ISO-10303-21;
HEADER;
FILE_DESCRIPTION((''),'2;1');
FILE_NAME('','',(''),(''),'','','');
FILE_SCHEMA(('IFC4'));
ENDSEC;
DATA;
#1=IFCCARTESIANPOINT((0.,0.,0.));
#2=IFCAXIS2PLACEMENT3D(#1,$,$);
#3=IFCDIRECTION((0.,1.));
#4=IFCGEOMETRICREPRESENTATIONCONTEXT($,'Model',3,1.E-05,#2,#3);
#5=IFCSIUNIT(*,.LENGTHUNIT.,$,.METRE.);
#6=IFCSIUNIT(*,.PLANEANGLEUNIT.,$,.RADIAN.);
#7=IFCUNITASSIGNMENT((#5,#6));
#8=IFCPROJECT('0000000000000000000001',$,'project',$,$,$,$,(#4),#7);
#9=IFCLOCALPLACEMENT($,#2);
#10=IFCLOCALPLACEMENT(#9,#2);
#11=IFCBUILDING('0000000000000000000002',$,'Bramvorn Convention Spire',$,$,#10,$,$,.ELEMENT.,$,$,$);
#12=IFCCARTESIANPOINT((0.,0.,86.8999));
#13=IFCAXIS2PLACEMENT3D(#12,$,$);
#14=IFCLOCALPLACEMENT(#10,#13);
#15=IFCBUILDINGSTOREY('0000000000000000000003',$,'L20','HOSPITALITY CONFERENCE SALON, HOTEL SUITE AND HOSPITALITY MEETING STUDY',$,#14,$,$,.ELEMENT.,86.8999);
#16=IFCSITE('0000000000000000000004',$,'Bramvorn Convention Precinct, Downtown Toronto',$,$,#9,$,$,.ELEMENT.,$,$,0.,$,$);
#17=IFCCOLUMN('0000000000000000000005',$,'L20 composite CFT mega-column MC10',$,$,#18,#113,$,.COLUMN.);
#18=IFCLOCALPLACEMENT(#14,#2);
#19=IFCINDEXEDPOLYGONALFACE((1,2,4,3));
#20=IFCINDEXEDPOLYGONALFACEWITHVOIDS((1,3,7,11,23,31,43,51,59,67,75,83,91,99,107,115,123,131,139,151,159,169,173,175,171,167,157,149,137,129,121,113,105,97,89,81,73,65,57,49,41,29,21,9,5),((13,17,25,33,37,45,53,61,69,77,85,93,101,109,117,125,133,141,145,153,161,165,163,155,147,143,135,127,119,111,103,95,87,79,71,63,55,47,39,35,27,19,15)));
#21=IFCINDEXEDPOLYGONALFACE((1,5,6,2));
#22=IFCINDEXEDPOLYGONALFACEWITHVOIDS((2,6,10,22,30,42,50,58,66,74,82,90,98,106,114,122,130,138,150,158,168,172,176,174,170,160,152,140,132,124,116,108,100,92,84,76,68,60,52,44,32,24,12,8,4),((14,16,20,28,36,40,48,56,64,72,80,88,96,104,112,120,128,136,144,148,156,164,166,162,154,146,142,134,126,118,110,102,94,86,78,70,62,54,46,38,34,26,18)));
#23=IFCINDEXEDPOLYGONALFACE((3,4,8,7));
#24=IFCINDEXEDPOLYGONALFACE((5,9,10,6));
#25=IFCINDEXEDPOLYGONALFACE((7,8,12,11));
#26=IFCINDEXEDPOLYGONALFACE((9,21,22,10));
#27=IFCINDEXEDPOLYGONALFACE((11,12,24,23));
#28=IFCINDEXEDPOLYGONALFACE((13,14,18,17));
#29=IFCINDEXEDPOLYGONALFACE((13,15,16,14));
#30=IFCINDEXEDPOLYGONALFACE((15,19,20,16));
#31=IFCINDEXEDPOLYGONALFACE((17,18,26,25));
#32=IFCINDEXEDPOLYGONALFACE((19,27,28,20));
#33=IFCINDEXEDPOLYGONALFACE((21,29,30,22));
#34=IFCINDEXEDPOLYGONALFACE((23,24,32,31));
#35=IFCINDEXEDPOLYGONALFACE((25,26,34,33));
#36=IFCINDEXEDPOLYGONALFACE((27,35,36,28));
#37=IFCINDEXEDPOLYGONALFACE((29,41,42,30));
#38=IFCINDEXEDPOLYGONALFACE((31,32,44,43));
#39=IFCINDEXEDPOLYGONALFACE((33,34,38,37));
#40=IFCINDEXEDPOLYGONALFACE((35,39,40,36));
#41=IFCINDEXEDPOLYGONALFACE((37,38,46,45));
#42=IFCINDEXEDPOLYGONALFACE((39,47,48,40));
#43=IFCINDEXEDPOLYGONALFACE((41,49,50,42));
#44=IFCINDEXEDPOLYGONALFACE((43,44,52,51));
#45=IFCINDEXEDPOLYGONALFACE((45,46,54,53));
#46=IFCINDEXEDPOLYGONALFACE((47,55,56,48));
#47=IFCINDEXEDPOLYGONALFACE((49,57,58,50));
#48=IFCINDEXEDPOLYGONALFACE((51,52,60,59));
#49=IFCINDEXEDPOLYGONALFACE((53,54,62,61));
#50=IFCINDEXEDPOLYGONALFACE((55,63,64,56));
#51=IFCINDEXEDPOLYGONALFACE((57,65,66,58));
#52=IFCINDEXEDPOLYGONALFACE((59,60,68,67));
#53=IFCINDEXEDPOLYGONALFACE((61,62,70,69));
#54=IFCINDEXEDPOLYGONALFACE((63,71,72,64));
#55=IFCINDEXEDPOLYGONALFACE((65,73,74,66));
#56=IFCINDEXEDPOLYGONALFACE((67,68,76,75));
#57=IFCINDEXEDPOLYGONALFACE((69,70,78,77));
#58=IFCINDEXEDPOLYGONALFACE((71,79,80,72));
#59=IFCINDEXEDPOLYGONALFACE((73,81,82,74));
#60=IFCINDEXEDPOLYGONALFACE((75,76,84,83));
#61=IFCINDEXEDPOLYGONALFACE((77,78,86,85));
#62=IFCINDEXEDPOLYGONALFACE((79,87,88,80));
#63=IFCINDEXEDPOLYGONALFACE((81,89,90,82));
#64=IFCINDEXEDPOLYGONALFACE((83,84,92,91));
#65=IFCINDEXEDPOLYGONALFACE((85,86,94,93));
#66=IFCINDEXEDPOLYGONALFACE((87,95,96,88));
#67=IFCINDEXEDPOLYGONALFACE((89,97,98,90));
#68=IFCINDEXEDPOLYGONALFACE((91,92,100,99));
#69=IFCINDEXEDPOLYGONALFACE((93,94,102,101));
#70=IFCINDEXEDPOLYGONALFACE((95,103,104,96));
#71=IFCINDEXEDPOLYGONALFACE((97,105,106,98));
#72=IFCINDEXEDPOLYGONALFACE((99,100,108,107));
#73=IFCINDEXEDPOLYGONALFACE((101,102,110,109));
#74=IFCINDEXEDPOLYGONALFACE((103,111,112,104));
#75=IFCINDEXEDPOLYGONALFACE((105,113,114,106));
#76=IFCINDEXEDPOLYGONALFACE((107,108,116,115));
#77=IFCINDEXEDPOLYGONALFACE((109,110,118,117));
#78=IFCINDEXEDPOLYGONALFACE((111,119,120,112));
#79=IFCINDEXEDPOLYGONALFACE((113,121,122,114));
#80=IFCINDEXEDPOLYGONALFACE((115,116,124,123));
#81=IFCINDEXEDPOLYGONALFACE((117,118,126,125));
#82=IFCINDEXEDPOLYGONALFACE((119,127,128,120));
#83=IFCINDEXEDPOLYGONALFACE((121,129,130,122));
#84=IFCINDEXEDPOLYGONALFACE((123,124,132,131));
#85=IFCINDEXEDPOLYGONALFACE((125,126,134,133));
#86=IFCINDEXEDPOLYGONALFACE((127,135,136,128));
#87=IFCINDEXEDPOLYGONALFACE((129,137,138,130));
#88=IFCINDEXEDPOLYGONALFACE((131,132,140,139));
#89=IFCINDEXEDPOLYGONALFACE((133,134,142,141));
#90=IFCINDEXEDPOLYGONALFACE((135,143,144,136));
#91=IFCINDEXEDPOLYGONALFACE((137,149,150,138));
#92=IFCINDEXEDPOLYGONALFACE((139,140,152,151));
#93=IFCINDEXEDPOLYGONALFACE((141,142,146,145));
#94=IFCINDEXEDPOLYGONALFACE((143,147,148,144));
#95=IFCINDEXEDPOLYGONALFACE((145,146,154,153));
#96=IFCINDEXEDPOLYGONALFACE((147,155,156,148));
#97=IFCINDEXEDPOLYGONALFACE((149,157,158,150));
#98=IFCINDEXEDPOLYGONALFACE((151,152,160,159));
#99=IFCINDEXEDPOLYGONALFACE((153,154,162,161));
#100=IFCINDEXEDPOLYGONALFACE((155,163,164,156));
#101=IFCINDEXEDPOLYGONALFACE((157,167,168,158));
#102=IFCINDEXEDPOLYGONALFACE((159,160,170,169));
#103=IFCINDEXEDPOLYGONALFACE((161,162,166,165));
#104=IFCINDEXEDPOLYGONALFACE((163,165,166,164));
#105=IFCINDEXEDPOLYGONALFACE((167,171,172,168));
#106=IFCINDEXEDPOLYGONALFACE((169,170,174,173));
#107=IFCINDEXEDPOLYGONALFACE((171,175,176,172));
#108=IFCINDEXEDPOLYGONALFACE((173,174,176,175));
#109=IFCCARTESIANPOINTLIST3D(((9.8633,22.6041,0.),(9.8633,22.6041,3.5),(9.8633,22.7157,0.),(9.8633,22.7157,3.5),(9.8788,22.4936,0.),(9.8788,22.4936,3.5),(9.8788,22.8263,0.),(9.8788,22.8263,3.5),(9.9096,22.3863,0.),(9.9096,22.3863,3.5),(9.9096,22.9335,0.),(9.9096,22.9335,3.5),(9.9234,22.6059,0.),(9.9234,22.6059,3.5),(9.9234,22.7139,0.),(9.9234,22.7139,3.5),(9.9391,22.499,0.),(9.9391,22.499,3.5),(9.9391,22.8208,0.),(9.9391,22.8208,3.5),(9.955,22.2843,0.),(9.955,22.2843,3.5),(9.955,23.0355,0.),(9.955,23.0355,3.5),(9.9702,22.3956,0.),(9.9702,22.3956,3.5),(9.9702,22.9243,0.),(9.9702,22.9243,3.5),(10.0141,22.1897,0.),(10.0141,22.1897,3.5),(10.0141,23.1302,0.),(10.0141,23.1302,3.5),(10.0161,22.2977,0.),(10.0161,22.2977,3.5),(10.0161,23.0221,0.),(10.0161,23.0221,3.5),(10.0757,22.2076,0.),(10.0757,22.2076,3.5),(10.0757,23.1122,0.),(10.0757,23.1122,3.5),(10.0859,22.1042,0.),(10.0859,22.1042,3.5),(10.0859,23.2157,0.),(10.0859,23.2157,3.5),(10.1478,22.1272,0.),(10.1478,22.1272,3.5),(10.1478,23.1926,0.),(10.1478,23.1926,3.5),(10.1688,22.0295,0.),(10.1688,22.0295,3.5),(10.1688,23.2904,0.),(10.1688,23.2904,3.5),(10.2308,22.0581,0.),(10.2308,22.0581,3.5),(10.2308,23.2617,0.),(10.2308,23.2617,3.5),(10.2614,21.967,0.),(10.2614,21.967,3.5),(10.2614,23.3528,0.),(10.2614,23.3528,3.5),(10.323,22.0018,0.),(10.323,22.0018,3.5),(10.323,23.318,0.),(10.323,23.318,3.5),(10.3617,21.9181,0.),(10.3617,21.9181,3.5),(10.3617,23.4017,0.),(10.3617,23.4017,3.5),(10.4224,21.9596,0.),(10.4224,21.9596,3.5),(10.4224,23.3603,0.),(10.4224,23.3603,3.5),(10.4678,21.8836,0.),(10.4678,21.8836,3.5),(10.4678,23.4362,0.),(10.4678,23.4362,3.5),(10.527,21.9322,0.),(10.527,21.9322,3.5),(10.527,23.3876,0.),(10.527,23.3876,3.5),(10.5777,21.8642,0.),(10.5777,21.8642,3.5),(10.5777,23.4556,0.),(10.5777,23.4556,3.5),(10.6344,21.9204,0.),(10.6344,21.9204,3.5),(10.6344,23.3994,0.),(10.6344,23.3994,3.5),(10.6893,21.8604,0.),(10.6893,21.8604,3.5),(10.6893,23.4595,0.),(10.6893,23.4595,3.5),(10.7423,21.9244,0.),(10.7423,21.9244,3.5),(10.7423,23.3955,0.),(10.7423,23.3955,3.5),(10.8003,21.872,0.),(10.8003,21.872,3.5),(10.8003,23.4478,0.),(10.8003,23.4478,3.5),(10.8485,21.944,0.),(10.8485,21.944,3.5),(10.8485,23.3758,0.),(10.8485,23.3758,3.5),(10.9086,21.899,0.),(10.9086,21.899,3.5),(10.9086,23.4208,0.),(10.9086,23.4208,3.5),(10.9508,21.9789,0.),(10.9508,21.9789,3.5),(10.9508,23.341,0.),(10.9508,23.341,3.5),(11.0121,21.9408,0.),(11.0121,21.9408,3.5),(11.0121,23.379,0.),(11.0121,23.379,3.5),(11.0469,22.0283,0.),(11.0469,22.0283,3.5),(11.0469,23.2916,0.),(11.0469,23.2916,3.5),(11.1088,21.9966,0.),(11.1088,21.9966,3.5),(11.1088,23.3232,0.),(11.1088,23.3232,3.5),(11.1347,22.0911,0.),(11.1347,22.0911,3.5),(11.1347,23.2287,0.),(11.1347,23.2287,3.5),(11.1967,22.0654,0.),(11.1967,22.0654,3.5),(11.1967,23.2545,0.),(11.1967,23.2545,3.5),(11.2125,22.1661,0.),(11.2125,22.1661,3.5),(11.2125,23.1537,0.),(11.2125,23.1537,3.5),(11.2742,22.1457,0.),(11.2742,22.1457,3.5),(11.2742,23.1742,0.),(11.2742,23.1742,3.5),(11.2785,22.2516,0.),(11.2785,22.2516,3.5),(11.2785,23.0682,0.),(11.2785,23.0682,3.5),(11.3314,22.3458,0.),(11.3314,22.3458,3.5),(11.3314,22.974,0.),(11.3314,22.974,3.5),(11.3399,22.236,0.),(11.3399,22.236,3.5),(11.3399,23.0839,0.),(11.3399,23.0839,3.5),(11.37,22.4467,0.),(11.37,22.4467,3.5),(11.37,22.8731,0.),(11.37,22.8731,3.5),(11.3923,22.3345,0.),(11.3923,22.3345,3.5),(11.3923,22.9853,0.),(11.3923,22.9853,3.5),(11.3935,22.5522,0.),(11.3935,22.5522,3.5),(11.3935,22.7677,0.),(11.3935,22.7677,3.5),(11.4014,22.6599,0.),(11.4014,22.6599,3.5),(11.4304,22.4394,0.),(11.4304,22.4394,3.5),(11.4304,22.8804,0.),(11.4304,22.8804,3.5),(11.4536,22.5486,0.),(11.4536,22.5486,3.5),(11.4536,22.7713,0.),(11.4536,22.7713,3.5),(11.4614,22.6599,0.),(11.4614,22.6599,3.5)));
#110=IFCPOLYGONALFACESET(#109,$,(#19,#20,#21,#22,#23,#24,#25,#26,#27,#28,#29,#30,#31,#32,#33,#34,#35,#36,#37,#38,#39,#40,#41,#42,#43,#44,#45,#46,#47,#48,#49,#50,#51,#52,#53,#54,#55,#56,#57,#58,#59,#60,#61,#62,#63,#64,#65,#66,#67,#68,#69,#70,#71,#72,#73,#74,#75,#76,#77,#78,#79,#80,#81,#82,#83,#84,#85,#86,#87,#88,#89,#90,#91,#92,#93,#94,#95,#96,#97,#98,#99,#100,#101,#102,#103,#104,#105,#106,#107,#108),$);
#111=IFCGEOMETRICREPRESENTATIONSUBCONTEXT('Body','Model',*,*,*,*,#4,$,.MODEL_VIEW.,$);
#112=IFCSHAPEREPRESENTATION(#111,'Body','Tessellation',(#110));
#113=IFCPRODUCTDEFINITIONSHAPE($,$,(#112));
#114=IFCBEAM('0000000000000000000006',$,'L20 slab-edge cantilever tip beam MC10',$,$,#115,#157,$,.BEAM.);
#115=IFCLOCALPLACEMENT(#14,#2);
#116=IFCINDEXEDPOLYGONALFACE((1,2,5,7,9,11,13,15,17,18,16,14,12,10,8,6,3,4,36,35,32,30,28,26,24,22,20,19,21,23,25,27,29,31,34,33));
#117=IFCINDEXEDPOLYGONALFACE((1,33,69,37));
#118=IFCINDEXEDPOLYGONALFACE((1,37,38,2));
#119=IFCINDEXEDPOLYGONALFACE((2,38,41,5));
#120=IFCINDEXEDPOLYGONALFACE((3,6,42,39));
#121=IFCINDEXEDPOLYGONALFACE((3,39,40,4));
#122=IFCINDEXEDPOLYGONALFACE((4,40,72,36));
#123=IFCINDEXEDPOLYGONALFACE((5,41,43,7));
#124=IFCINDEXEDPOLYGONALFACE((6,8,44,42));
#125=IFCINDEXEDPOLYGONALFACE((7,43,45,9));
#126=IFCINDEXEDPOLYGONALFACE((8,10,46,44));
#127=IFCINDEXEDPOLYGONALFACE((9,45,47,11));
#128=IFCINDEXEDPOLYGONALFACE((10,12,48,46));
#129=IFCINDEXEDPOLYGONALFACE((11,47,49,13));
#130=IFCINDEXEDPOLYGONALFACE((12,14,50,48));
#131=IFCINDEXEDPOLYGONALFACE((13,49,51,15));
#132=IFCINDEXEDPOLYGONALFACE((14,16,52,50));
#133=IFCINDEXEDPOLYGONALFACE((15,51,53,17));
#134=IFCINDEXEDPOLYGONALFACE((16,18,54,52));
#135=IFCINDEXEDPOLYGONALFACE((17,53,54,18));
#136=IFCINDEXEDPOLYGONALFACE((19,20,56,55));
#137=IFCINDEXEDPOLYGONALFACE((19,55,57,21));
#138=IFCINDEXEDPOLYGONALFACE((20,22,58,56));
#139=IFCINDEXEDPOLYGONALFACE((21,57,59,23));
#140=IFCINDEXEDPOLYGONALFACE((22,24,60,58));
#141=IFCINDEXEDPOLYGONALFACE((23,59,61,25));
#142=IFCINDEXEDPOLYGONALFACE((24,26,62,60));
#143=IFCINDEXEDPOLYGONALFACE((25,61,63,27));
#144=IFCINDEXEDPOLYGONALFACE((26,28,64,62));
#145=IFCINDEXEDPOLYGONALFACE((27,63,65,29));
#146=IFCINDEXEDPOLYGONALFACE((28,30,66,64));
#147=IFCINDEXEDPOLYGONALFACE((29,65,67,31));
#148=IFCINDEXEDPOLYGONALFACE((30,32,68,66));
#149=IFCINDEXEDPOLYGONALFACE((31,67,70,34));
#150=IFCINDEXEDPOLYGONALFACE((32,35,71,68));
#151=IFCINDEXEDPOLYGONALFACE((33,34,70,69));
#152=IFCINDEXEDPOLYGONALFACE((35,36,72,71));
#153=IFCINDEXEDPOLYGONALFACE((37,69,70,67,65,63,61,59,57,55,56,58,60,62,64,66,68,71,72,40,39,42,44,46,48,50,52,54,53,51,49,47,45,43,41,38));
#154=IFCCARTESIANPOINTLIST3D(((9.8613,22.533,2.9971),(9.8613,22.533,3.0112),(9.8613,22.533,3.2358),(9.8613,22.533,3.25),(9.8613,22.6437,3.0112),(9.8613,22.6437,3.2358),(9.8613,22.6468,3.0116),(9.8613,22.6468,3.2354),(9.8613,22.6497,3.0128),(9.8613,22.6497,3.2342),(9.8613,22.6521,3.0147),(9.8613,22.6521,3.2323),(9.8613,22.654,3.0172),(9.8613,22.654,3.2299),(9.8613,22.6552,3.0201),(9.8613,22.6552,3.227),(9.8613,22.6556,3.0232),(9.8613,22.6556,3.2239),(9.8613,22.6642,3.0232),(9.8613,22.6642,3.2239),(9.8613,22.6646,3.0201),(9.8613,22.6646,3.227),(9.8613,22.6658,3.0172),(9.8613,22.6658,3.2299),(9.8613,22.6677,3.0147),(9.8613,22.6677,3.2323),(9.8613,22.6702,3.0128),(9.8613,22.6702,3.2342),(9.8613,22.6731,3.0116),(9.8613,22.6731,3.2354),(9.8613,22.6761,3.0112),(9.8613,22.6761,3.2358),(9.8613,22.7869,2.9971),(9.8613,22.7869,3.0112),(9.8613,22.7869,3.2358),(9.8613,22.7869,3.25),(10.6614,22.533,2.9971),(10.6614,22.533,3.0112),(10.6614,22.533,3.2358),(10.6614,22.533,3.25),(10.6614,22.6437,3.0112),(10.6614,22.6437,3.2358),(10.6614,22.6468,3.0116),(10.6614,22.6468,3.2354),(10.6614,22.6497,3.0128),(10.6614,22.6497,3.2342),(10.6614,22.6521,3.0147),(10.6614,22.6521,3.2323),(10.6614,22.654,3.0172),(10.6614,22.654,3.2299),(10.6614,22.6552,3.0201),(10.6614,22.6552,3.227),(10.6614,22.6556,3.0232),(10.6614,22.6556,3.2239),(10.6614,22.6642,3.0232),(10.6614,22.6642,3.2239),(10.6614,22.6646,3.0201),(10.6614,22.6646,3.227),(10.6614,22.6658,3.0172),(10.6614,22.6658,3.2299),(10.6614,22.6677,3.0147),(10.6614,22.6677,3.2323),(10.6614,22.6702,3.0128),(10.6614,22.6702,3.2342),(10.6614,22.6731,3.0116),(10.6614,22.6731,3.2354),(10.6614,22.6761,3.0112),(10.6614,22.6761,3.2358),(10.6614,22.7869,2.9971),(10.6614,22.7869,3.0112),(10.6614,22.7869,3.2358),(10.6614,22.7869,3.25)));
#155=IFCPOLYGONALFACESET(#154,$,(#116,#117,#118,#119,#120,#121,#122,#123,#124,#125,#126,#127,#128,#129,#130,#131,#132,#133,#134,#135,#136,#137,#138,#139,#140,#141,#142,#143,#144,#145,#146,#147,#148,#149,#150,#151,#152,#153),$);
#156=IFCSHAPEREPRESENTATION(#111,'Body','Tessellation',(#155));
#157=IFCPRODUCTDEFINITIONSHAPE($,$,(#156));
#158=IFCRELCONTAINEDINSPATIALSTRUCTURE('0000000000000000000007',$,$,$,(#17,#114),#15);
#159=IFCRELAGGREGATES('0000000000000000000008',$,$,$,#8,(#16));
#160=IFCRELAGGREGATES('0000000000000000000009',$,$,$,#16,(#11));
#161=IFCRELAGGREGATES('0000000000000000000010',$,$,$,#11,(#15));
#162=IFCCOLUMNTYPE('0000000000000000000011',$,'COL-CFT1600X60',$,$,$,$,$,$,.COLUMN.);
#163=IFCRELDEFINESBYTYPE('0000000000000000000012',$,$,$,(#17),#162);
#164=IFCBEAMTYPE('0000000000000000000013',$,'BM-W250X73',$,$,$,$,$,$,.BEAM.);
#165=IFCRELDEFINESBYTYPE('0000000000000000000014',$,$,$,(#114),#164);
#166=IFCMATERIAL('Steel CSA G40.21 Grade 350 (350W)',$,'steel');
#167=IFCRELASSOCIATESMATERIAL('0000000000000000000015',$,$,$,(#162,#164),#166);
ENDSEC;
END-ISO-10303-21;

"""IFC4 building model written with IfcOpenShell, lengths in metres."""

from ifc_helpers import new_model, si_unit, direction, frame, origin, origin_2d, place, context, subcontext, project, spatial, hollow_circle, i_section, extrude, material, material_profile, profile_set, type_object, element, save


model = new_model("IFC4")

# Units and contexts
model_context = context("Model", 3, precision=1e-05, world=origin(), true_north=direction((0.0, 1.0)))
body_context = subcontext(model_context, "Body", "Model", "MODEL_VIEW")
ifc_project = project(units=[si_unit("LENGTHUNIT", "METRE"), si_unit("PLANEANGLEUNIT", "RADIAN")], contexts=[model_context])

# Site, building, storey
site_placement = place(None, origin())
site = spatial("IfcSite", under=ifc_project, at=site_placement, Name="Bramvorn Convention Precinct, Downtown Toronto", CompositionType="ELEMENT", RefElevation=0.0)
building_placement = place(site_placement, origin())
building = spatial("IfcBuilding", under=site, at=building_placement, Name="Bramvorn Convention Spire", CompositionType="ELEMENT")
storey_placement = place(building_placement, frame((0.0, 0.0, 86.8999)))
storey = spatial("IfcBuildingStorey", under=building, at=storey_placement, Name="L20", Description="HOSPITALITY CONFERENCE SALON, HOTEL SUITE AND HOSPITALITY MEETING STUDY", CompositionType="ELEMENT", Elevation=86.8999)

# Column
ifc_material_1 = material(Name="Steel CSA G40.21 Grade 350 (350W)", Category="steel")
ifc_material_profile_1 = material_profile(ifc_material_1, hollow_circle(Radius=0.8, WallThickness=0.0601, at=origin_2d()))
ifc_profile_set_1 = profile_set([ifc_material_profile_1], Name="Steel CSA G40.21 Grade 350 (350W) - CFT1600X60")
column_type = type_object("IfcColumnType", Name="COL-CFT1600X60", PredefinedType="COLUMN", material=ifc_profile_set_1)
column_placement = place(storey_placement, frame((10.6614, 22.6599, 0.0), z_axis=(0.0, 0.0, 1.0), x_axis=(1.0, 0.0, 0.0)))
element("IfcColumn", 1, at=column_placement, inside=storey, type_object=column_type, Name="L20 composite CFT mega-column MC10", PredefinedType="COLUMN", context=body_context, shape_type="SweptSolid", body=[
    extrude(hollow_circle(Radius=0.8, WallThickness=0.0601, at=origin_2d()), origin(), (0.0, 0.0, 1.0), 3.5),
])

# Beam
ifc_material_profile_2 = material_profile(ifc_material_1, i_section(OverallWidth=0.2539, OverallDepth=0.2529, WebThickness=0.0085, FlangeThickness=0.0142, FilletRadius=0.012, at=origin_2d()))
ifc_profile_set_2 = profile_set([ifc_material_profile_2], Name="Steel CSA G40.21 Grade 350 (350W) - W250X73")
beam_type_1 = type_object("IfcBeamType", Name="BM-W250X73", PredefinedType="BEAM", material=ifc_profile_set_2)
beam_1_placement = place(storey_placement, frame((10.6614, 22.6599, 3.1235), z_axis=(-1.0, 0.0, 0.0), x_axis=(0.0, -1.0, 0.0)))
element("IfcBeam", 2, at=beam_1_placement, inside=storey, type_object=beam_type_1, Name="L20 slab-edge cantilever tip beam MC10", PredefinedType="BEAM", context=body_context, shape_type="SweptSolid", body=[
    extrude(i_section(OverallWidth=0.2539, OverallDepth=0.2529, WebThickness=0.0085, FlangeThickness=0.0142, FilletRadius=0.012, at=origin_2d()), origin(), (0.0, 0.0, 1.0), 0.8),
])

save(model, "model.ifc")
